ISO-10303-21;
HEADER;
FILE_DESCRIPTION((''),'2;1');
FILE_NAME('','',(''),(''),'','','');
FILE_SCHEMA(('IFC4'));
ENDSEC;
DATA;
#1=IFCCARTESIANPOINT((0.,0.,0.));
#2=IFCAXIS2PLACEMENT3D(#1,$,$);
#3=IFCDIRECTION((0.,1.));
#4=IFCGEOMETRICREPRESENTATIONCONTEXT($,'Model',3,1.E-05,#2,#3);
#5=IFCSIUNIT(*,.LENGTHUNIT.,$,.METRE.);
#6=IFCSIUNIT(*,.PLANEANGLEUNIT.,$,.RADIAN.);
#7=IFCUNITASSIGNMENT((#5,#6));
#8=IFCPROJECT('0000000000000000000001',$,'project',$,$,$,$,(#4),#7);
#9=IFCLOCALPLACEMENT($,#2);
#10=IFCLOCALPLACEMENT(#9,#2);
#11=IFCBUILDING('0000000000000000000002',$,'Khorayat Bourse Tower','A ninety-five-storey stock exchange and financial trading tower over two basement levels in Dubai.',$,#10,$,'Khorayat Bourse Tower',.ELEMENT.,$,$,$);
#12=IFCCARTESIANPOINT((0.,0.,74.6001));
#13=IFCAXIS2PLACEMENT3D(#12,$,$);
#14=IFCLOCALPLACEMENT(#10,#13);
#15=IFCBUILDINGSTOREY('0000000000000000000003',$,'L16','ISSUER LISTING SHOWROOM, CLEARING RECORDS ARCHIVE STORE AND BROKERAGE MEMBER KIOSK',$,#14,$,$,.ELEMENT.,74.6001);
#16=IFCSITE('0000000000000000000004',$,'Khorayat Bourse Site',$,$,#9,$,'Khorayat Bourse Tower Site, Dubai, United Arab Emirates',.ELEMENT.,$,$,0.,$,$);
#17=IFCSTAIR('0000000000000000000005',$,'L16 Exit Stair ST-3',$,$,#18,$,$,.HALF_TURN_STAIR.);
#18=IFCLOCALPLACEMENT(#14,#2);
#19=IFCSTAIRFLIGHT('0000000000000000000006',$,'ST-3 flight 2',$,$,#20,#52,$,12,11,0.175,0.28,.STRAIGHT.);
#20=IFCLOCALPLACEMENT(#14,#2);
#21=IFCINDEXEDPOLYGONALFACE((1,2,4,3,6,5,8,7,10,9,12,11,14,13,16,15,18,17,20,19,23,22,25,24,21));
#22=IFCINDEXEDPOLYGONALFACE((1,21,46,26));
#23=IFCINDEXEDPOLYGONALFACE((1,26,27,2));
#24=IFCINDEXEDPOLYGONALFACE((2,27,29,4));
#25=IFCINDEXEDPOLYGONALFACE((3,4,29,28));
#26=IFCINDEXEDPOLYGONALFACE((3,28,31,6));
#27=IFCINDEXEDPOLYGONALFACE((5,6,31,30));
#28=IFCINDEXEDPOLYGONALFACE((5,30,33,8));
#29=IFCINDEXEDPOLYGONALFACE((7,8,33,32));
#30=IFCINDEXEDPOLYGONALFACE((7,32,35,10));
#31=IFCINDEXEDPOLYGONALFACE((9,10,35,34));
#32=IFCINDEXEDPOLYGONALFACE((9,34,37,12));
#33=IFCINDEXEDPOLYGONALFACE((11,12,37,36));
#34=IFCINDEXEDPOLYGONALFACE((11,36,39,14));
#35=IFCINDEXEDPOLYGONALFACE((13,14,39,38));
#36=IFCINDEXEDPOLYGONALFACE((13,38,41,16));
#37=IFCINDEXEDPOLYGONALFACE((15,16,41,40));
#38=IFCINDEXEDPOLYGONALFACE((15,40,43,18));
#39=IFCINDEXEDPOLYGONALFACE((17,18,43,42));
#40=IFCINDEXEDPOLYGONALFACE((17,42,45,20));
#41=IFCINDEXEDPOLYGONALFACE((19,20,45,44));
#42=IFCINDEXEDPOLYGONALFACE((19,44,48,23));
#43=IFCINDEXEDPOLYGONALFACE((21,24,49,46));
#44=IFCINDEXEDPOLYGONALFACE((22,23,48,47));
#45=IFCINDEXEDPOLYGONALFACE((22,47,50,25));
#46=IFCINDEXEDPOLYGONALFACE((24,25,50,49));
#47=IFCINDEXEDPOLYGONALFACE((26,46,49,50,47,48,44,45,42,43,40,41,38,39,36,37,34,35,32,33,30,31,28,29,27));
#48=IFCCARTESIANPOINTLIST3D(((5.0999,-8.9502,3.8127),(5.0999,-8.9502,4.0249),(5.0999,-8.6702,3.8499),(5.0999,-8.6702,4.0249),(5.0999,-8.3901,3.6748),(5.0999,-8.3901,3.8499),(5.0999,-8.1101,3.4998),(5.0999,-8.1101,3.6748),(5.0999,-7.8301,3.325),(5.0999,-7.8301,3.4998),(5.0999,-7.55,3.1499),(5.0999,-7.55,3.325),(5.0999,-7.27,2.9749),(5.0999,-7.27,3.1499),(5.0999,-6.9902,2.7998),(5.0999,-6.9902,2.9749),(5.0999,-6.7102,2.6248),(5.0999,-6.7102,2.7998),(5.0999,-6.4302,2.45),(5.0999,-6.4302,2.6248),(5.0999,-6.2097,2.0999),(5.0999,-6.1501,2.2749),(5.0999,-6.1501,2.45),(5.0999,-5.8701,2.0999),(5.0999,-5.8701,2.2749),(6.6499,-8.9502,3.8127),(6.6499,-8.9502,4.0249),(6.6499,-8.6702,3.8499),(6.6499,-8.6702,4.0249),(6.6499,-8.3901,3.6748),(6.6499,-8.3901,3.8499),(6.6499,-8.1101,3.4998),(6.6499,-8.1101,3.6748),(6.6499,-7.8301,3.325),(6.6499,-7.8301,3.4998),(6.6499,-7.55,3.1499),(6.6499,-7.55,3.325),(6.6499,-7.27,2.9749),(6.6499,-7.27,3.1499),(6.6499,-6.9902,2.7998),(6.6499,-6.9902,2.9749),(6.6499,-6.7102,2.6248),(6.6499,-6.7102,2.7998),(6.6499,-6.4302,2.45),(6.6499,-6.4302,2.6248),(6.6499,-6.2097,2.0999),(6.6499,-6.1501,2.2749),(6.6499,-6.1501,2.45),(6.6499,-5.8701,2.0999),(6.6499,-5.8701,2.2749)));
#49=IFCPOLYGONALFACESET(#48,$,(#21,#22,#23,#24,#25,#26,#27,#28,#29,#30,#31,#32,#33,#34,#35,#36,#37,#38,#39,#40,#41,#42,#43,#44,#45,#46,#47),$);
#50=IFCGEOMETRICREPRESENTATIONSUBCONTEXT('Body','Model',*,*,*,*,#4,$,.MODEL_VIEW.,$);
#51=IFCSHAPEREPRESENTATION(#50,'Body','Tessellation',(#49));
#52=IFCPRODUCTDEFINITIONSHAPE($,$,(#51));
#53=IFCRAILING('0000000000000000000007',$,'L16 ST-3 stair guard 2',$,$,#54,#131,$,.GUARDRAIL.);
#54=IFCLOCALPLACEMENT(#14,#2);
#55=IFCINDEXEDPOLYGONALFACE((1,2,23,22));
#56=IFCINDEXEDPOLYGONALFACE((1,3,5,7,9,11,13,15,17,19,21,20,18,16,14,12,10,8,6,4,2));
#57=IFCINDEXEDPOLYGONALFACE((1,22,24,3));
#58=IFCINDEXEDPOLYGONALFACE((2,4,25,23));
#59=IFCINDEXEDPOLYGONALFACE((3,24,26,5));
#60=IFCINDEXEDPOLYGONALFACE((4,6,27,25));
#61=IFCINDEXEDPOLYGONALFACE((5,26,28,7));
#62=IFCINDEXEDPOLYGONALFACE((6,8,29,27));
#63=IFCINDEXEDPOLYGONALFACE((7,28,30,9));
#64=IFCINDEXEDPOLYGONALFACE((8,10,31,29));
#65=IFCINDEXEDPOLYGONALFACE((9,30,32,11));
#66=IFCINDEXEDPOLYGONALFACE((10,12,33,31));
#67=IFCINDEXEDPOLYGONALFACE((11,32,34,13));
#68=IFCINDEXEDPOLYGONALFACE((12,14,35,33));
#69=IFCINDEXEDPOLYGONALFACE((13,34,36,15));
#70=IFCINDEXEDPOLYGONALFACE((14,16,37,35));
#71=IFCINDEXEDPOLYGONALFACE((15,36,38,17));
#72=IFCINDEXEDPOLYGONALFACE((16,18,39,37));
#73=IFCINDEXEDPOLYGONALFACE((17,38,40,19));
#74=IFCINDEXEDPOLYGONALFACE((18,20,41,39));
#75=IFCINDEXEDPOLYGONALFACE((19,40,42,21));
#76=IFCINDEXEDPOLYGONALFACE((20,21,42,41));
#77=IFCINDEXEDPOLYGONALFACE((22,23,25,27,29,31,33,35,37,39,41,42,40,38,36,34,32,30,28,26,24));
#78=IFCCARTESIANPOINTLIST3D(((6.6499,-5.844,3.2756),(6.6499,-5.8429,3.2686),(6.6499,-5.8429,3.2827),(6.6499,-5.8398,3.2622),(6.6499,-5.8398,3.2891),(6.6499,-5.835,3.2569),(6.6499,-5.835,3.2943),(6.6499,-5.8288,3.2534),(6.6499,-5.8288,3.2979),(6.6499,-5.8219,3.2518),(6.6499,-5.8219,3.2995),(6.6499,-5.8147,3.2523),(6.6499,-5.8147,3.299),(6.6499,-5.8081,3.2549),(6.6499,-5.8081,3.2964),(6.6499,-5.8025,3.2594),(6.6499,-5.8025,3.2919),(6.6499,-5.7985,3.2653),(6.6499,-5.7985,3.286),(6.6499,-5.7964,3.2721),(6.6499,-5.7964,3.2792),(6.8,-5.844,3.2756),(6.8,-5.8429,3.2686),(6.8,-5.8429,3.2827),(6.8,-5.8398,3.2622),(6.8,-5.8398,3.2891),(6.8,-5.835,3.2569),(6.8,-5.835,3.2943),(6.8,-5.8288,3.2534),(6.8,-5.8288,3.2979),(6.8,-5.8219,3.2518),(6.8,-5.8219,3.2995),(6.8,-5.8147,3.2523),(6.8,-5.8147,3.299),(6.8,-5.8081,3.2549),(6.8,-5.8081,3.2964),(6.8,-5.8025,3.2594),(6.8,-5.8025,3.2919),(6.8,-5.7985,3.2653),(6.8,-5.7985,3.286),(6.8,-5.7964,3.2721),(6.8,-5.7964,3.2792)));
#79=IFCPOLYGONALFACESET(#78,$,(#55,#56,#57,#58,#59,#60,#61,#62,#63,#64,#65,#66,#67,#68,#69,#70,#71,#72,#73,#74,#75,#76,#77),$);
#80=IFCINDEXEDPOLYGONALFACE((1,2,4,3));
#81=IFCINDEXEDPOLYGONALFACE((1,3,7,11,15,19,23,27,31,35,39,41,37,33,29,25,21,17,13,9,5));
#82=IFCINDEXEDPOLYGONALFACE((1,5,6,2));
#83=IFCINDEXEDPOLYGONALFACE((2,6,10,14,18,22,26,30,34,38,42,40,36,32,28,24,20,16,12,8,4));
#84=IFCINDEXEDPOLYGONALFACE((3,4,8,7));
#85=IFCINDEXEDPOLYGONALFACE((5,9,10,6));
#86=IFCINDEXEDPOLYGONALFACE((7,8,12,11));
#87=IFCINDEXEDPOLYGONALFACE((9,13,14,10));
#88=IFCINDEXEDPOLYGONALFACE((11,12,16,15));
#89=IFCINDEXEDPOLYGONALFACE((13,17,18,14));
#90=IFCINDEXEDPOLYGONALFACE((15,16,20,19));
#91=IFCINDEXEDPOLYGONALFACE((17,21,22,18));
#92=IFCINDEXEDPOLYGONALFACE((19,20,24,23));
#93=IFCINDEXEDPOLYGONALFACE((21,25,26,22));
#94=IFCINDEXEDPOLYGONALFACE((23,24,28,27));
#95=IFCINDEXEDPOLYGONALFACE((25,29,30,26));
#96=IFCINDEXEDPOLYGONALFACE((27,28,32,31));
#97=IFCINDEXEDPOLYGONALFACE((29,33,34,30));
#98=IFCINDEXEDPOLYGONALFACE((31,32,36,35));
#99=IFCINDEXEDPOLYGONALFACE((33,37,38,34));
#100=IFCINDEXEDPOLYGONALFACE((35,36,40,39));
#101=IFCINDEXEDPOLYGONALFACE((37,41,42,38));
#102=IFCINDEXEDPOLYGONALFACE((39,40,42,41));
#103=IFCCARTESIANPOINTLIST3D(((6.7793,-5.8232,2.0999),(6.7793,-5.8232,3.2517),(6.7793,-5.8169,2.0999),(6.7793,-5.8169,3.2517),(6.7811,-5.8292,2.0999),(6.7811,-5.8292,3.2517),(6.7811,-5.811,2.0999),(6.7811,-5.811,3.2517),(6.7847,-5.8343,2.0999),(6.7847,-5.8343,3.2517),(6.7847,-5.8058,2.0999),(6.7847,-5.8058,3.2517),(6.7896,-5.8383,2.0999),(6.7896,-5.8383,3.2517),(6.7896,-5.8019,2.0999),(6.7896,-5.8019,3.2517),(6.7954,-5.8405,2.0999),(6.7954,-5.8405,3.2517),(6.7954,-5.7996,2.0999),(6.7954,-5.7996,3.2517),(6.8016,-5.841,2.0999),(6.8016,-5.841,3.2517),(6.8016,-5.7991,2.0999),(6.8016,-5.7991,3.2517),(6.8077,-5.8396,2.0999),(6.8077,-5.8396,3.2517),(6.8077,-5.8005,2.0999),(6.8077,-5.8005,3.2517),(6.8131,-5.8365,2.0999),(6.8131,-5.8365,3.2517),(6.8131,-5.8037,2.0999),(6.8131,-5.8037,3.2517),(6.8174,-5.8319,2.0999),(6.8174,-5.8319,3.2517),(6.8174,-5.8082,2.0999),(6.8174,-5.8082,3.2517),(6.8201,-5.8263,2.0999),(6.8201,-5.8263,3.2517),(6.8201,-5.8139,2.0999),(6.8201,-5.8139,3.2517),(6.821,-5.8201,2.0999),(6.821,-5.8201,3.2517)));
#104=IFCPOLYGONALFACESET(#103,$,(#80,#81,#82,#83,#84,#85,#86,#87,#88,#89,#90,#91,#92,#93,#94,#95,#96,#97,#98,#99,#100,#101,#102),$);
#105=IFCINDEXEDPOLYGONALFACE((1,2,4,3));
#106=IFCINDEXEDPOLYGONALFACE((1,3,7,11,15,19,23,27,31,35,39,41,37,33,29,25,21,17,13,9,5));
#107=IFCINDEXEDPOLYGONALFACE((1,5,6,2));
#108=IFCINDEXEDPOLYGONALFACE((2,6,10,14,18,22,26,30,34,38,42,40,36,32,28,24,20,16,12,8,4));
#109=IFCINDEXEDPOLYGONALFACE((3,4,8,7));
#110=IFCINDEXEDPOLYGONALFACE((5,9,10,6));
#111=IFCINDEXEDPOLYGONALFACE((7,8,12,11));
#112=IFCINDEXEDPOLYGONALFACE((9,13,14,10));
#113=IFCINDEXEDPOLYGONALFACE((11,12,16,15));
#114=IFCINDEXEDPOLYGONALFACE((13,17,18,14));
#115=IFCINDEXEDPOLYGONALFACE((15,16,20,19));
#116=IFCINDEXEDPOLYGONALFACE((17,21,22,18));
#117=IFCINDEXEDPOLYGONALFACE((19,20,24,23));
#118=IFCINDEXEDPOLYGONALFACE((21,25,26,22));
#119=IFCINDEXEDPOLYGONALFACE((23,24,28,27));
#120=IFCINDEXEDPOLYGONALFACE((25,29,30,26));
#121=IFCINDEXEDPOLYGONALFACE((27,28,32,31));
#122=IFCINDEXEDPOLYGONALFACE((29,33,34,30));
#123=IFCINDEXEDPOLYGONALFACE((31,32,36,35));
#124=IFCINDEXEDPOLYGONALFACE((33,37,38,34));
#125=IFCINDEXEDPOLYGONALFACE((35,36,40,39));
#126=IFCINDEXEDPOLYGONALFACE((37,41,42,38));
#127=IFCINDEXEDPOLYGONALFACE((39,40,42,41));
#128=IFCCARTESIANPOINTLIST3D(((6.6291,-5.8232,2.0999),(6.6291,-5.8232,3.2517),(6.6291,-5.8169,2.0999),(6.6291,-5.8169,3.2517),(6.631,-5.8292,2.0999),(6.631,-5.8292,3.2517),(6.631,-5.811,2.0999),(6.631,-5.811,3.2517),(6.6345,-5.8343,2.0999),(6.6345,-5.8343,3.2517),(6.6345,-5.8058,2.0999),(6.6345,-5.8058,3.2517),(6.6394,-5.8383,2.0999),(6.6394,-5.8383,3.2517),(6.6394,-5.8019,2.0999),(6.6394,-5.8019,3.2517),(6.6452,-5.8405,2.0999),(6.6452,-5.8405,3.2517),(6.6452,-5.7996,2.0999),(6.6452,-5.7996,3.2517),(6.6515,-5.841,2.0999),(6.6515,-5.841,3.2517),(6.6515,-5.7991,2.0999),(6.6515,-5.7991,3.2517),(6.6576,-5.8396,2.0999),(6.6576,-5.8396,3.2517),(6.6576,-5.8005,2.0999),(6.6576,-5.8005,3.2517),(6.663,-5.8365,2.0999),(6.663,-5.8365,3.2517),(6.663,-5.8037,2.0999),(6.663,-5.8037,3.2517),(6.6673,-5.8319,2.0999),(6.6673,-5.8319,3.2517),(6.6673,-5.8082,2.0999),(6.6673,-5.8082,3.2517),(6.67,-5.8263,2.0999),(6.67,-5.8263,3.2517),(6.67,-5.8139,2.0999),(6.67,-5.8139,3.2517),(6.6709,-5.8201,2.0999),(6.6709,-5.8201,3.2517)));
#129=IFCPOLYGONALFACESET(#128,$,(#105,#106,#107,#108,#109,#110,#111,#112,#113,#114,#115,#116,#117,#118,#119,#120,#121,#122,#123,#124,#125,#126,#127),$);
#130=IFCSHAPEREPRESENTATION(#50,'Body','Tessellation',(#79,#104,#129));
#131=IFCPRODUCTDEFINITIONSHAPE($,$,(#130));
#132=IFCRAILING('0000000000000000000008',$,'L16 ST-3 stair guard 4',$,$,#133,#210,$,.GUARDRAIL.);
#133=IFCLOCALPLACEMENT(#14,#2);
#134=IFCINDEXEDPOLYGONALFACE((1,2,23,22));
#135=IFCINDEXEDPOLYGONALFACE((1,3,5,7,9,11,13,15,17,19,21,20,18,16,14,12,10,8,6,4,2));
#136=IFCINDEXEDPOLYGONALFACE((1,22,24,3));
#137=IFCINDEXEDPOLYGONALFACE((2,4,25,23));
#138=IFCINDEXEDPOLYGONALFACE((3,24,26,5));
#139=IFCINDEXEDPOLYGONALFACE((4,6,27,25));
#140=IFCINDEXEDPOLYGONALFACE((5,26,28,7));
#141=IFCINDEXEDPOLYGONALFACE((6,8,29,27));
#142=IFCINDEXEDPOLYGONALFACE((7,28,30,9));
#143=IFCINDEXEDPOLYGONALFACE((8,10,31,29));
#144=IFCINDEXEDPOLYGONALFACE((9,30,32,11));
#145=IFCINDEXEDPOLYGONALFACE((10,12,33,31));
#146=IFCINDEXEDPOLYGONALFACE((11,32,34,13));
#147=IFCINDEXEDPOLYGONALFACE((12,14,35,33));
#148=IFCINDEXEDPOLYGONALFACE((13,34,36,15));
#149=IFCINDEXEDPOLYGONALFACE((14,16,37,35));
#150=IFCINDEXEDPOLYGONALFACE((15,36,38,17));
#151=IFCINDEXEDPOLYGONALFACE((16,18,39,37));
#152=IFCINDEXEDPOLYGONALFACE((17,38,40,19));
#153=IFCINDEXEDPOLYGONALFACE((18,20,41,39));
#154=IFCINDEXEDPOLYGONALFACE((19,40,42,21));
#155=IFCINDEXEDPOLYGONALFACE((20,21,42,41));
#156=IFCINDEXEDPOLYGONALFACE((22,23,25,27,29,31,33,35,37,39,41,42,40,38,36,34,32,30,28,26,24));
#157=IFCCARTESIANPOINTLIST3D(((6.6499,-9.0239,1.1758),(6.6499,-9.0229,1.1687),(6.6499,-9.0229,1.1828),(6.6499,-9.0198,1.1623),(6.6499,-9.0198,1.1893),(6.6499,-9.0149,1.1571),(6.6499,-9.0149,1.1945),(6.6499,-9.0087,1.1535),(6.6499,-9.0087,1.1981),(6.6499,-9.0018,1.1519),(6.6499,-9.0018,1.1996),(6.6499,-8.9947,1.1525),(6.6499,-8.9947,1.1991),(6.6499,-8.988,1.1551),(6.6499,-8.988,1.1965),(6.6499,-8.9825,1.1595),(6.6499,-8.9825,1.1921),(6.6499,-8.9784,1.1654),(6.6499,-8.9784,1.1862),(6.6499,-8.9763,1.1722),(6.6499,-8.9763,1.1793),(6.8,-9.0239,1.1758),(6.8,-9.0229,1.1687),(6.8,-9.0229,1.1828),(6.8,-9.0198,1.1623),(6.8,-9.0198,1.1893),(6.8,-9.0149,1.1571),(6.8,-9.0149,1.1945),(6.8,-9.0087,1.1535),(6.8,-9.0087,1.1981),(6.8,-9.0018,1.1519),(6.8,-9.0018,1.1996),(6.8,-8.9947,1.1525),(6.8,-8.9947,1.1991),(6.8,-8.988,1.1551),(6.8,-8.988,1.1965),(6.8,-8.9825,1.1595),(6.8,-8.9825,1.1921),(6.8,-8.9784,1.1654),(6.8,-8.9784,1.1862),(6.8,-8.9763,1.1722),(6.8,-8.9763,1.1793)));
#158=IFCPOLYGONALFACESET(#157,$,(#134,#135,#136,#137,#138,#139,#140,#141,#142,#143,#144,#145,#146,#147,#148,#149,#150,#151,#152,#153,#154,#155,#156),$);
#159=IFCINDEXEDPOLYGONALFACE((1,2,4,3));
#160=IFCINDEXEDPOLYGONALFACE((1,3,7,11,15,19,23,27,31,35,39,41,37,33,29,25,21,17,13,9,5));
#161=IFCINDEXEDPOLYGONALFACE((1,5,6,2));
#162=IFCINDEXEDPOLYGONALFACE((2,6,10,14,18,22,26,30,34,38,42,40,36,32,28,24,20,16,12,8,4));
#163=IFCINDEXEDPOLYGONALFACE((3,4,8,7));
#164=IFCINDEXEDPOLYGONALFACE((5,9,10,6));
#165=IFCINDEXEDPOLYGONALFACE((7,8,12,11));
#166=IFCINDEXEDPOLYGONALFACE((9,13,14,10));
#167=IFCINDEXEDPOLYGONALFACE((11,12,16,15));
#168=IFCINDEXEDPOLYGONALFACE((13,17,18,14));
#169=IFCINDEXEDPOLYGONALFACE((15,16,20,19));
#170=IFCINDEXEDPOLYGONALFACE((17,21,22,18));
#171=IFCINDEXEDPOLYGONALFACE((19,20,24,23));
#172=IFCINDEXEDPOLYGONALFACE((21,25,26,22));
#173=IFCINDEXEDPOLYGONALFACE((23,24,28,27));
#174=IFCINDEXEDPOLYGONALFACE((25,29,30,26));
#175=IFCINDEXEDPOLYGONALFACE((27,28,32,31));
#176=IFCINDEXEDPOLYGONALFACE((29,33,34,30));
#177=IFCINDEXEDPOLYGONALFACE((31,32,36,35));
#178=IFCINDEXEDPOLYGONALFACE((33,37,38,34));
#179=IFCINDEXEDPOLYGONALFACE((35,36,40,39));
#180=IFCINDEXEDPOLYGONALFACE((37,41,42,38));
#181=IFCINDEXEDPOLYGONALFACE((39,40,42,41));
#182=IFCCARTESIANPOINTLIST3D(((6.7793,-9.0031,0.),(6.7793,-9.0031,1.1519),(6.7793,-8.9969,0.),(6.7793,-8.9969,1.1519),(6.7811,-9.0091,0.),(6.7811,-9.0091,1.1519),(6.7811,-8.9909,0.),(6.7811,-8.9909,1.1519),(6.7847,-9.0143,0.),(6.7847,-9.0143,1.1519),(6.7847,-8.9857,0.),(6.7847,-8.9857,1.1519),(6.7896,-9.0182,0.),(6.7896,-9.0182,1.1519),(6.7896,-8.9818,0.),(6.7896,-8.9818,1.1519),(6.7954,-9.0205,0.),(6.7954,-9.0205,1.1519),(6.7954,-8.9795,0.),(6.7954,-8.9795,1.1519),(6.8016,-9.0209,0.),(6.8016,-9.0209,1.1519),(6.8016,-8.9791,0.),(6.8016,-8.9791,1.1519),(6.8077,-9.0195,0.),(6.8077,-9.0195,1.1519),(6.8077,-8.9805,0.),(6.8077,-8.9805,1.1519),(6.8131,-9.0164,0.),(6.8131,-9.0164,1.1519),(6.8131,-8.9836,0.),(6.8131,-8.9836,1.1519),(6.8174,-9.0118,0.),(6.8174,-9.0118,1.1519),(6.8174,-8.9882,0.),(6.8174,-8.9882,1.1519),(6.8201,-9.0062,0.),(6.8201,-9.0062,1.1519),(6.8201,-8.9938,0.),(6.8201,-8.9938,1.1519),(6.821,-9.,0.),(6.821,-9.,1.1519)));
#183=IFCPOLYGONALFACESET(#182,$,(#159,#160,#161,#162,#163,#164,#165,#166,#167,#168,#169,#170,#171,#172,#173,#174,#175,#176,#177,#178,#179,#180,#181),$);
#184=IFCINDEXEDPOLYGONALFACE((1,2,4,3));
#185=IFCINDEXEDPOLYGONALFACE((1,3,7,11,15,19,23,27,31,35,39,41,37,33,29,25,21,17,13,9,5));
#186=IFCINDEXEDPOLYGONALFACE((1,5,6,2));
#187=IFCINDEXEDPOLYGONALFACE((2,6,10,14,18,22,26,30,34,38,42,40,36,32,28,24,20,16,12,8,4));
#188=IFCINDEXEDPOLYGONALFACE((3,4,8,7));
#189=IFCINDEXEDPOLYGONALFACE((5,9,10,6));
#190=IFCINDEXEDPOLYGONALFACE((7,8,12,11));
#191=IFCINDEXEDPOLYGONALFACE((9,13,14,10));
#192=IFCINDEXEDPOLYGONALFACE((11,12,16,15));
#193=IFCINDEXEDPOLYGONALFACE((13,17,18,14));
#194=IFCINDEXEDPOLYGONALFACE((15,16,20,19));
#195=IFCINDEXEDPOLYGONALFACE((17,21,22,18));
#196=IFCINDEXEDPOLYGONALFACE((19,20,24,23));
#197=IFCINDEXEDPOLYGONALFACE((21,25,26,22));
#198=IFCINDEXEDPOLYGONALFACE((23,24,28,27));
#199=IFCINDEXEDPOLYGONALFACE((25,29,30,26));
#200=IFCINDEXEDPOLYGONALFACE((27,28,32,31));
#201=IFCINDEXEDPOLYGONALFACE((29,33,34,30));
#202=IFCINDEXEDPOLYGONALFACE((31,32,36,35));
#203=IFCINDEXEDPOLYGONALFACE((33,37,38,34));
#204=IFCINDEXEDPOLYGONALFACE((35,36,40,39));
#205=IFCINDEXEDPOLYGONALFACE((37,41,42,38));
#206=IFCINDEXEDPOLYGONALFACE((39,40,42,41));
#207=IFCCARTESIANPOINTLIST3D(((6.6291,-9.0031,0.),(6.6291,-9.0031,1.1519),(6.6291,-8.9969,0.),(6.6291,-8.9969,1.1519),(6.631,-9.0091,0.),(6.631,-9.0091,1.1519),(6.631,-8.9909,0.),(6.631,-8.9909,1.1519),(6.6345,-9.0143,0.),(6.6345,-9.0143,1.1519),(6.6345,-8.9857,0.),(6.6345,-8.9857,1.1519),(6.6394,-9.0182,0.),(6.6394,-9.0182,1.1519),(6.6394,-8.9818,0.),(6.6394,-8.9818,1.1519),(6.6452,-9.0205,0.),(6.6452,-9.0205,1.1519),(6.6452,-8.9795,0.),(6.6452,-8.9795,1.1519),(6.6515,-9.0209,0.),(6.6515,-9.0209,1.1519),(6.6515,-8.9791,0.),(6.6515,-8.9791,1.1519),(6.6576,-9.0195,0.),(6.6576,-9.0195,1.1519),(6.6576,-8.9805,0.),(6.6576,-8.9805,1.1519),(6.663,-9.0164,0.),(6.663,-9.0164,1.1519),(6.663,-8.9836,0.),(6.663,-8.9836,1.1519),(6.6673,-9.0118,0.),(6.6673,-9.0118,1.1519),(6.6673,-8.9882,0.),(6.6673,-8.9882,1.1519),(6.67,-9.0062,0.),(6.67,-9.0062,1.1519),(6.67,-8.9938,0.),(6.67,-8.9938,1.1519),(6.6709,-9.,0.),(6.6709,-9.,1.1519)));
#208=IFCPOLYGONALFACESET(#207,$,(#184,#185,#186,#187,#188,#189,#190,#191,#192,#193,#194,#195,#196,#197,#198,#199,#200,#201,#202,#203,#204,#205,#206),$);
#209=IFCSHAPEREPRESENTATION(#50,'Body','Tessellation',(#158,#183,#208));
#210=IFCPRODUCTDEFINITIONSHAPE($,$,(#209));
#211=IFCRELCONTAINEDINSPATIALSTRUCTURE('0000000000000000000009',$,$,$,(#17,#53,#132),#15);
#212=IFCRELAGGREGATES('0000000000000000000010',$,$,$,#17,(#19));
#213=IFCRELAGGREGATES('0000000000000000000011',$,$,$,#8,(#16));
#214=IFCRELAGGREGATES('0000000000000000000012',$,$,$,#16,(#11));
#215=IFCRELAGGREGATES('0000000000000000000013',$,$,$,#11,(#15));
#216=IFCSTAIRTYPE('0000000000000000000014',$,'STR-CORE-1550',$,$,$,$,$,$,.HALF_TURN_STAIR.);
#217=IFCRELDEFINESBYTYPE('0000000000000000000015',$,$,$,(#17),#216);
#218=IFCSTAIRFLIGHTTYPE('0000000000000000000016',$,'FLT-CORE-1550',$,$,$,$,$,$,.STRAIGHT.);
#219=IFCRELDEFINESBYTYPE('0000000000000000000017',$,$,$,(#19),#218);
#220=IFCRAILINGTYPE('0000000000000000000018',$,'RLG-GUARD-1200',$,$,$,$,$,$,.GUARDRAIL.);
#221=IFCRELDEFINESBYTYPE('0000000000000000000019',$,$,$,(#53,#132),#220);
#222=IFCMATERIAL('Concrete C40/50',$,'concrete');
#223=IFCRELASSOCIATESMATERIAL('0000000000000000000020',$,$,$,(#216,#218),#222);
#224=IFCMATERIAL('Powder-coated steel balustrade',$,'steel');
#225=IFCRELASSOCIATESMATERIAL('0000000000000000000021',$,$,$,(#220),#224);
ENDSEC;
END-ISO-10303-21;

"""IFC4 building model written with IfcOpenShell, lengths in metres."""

from ifc_helpers import new_model, si_unit, direction, frame, origin, origin_2d, place, context, subcontext, project, spatial, polyline, circle, outline, extrude, source, transform, mapped, material, type_object, element, aggregate, save


model = new_model("IFC4")

# Units and contexts
model_context = context("Model", 3, precision=1e-05, world=origin(), true_north=direction((0.0, 1.0)))
body_context = subcontext(model_context, "Body", "Model", "MODEL_VIEW")
ifc_project = project(units=[si_unit("LENGTHUNIT", "METRE"), si_unit("PLANEANGLEUNIT", "RADIAN")], contexts=[model_context])

# Site, building, storey
site_placement = place(None, origin())
site = spatial("IfcSite", under=ifc_project, at=site_placement, Name="Khorayat Bourse Site", LongName="Khorayat Bourse Tower Site, Dubai, United Arab Emirates", CompositionType="ELEMENT", RefElevation=0.0)
building_placement = place(site_placement, origin())
building = spatial("IfcBuilding", under=site, at=building_placement, Name="Khorayat Bourse Tower", Description="A ninety-five-storey stock exchange and financial trading tower over two basement levels in Dubai.", LongName="Khorayat Bourse Tower", CompositionType="ELEMENT")
storey_placement = place(building_placement, frame((0.0, 0.0, 74.6001)))
storey = spatial("IfcBuildingStorey", under=building, at=storey_placement, Name="L16", Description="ISSUER LISTING SHOWROOM, CLEARING RECORDS ARCHIVE STORE AND BROKERAGE MEMBER KIOSK", CompositionType="ELEMENT", Elevation=74.6001)

# Stair, stair flight
ifc_material_1 = material(Name="Concrete C40/50", Category="concrete")
stair_type = type_object("IfcStairType", Name="STR-CORE-1550", PredefinedType="HALF_TURN_STAIR", material=ifc_material_1)
stair_placement = place(storey_placement, origin())
stair = element("IfcStair", 1, at=stair_placement, inside=storey, type_object=stair_type, Name="L16 Exit Stair ST-3", PredefinedType="HALF_TURN_STAIR")
stair_flight_type = type_object("IfcStairFlightType", Name="FLT-CORE-1550", PredefinedType="STRAIGHT", material=ifc_material_1)
shared_shape_1 = source(origin(), body_context, "Body", "SweptSolid", [
    extrude(outline(polyline([(0.0, 0.0), (0.0, 0.175), (0.28, 0.175), (0.28, 0.3501), (0.5601, 0.3501), (0.5601, 0.5249), (0.8401, 0.5249), (0.8401, 0.7), (1.1201, 0.7), (1.1201, 0.875), (1.3999, 0.875), (1.3999, 1.05), (1.6799, 1.05), (1.6799, 1.2251), (1.96, 1.2251), (1.96, 1.3999), (2.24, 1.3999), (2.24, 1.575), (2.52, 1.575), (2.52, 1.75), (2.8, 1.75), (2.8, 1.925), (3.0801, 1.925), (3.0801, 2.1001), (3.0801, 1.7129), (0.3396, 0.0), (0.0, 0.0)])), frame((0.0, 0.7749, 0.0), z_axis=(0.0, -1.0, 0.0), x_axis=(1.0, 0.0, 0.0)), (0.0, 0.0, 1.0), 1.55),
])
stair_flight_1_placement = place(storey_placement, frame((5.875, -5.8701, 2.0999), z_axis=(0.0, 0.0, 1.0), x_axis=(0.0, -1.0, 0.0)))
stair_flight_1 = element("IfcStairFlight", 2, at=stair_flight_1_placement, type_object=stair_flight_type, Name="ST-3 flight 2", NumberOfRisers=12, NumberOfTreads=11, PredefinedType="STRAIGHT", RiserHeight=0.175, TreadLength=0.28, context=body_context, shape_type="MappedRepresentation", body=[
    mapped(shared_shape_1, transform((0.0, 0.0, 0.0), scale=1.0)),
])
aggregate(stair, [stair_flight_1])

# Railings
ifc_material_2 = material(Name="Powder-coated steel balustrade", Category="steel")
railing_type_1 = type_object("IfcRailingType", Name="RLG-GUARD-1200", PredefinedType="GUARDRAIL", material=ifc_material_2)
shared_shape_2 = source(origin(), body_context, "Body", "SweptSolid", [
    extrude(circle(Radius=0.0239, at=origin_2d()), frame((0.0, 0.0, 1.1758), z_axis=(-1.0, 0.0, 0.0), x_axis=(0.0, -1.0, 0.0)), (0.0, 0.0, 1.0), 0.1501),
    extrude(circle(Radius=0.021, at=origin_2d()), origin(), (0.0, 0.0, 1.0), 1.1519),
    extrude(circle(Radius=0.021, at=origin_2d()), frame((-0.1501, 0.0, 0.0)), (0.0, 0.0, 1.0), 1.1519),
])
for number, where, name in (
    (3, (6.8, -5.8201, 2.0999), "L16 ST-3 stair guard 2"),
    (4, (6.8, -9.0, 0.0), "L16 ST-3 stair guard 4"),
):
    element("IfcRailing", number, at=place(storey_placement, frame(where)), inside=storey, type_object=railing_type_1, Name=name, PredefinedType="GUARDRAIL", context=body_context, shape_type="MappedRepresentation", body=[
        mapped(shared_shape_2, transform((0.0, 0.0, 0.0), scale=1.0)),
    ])

save(model, "model.ifc")
